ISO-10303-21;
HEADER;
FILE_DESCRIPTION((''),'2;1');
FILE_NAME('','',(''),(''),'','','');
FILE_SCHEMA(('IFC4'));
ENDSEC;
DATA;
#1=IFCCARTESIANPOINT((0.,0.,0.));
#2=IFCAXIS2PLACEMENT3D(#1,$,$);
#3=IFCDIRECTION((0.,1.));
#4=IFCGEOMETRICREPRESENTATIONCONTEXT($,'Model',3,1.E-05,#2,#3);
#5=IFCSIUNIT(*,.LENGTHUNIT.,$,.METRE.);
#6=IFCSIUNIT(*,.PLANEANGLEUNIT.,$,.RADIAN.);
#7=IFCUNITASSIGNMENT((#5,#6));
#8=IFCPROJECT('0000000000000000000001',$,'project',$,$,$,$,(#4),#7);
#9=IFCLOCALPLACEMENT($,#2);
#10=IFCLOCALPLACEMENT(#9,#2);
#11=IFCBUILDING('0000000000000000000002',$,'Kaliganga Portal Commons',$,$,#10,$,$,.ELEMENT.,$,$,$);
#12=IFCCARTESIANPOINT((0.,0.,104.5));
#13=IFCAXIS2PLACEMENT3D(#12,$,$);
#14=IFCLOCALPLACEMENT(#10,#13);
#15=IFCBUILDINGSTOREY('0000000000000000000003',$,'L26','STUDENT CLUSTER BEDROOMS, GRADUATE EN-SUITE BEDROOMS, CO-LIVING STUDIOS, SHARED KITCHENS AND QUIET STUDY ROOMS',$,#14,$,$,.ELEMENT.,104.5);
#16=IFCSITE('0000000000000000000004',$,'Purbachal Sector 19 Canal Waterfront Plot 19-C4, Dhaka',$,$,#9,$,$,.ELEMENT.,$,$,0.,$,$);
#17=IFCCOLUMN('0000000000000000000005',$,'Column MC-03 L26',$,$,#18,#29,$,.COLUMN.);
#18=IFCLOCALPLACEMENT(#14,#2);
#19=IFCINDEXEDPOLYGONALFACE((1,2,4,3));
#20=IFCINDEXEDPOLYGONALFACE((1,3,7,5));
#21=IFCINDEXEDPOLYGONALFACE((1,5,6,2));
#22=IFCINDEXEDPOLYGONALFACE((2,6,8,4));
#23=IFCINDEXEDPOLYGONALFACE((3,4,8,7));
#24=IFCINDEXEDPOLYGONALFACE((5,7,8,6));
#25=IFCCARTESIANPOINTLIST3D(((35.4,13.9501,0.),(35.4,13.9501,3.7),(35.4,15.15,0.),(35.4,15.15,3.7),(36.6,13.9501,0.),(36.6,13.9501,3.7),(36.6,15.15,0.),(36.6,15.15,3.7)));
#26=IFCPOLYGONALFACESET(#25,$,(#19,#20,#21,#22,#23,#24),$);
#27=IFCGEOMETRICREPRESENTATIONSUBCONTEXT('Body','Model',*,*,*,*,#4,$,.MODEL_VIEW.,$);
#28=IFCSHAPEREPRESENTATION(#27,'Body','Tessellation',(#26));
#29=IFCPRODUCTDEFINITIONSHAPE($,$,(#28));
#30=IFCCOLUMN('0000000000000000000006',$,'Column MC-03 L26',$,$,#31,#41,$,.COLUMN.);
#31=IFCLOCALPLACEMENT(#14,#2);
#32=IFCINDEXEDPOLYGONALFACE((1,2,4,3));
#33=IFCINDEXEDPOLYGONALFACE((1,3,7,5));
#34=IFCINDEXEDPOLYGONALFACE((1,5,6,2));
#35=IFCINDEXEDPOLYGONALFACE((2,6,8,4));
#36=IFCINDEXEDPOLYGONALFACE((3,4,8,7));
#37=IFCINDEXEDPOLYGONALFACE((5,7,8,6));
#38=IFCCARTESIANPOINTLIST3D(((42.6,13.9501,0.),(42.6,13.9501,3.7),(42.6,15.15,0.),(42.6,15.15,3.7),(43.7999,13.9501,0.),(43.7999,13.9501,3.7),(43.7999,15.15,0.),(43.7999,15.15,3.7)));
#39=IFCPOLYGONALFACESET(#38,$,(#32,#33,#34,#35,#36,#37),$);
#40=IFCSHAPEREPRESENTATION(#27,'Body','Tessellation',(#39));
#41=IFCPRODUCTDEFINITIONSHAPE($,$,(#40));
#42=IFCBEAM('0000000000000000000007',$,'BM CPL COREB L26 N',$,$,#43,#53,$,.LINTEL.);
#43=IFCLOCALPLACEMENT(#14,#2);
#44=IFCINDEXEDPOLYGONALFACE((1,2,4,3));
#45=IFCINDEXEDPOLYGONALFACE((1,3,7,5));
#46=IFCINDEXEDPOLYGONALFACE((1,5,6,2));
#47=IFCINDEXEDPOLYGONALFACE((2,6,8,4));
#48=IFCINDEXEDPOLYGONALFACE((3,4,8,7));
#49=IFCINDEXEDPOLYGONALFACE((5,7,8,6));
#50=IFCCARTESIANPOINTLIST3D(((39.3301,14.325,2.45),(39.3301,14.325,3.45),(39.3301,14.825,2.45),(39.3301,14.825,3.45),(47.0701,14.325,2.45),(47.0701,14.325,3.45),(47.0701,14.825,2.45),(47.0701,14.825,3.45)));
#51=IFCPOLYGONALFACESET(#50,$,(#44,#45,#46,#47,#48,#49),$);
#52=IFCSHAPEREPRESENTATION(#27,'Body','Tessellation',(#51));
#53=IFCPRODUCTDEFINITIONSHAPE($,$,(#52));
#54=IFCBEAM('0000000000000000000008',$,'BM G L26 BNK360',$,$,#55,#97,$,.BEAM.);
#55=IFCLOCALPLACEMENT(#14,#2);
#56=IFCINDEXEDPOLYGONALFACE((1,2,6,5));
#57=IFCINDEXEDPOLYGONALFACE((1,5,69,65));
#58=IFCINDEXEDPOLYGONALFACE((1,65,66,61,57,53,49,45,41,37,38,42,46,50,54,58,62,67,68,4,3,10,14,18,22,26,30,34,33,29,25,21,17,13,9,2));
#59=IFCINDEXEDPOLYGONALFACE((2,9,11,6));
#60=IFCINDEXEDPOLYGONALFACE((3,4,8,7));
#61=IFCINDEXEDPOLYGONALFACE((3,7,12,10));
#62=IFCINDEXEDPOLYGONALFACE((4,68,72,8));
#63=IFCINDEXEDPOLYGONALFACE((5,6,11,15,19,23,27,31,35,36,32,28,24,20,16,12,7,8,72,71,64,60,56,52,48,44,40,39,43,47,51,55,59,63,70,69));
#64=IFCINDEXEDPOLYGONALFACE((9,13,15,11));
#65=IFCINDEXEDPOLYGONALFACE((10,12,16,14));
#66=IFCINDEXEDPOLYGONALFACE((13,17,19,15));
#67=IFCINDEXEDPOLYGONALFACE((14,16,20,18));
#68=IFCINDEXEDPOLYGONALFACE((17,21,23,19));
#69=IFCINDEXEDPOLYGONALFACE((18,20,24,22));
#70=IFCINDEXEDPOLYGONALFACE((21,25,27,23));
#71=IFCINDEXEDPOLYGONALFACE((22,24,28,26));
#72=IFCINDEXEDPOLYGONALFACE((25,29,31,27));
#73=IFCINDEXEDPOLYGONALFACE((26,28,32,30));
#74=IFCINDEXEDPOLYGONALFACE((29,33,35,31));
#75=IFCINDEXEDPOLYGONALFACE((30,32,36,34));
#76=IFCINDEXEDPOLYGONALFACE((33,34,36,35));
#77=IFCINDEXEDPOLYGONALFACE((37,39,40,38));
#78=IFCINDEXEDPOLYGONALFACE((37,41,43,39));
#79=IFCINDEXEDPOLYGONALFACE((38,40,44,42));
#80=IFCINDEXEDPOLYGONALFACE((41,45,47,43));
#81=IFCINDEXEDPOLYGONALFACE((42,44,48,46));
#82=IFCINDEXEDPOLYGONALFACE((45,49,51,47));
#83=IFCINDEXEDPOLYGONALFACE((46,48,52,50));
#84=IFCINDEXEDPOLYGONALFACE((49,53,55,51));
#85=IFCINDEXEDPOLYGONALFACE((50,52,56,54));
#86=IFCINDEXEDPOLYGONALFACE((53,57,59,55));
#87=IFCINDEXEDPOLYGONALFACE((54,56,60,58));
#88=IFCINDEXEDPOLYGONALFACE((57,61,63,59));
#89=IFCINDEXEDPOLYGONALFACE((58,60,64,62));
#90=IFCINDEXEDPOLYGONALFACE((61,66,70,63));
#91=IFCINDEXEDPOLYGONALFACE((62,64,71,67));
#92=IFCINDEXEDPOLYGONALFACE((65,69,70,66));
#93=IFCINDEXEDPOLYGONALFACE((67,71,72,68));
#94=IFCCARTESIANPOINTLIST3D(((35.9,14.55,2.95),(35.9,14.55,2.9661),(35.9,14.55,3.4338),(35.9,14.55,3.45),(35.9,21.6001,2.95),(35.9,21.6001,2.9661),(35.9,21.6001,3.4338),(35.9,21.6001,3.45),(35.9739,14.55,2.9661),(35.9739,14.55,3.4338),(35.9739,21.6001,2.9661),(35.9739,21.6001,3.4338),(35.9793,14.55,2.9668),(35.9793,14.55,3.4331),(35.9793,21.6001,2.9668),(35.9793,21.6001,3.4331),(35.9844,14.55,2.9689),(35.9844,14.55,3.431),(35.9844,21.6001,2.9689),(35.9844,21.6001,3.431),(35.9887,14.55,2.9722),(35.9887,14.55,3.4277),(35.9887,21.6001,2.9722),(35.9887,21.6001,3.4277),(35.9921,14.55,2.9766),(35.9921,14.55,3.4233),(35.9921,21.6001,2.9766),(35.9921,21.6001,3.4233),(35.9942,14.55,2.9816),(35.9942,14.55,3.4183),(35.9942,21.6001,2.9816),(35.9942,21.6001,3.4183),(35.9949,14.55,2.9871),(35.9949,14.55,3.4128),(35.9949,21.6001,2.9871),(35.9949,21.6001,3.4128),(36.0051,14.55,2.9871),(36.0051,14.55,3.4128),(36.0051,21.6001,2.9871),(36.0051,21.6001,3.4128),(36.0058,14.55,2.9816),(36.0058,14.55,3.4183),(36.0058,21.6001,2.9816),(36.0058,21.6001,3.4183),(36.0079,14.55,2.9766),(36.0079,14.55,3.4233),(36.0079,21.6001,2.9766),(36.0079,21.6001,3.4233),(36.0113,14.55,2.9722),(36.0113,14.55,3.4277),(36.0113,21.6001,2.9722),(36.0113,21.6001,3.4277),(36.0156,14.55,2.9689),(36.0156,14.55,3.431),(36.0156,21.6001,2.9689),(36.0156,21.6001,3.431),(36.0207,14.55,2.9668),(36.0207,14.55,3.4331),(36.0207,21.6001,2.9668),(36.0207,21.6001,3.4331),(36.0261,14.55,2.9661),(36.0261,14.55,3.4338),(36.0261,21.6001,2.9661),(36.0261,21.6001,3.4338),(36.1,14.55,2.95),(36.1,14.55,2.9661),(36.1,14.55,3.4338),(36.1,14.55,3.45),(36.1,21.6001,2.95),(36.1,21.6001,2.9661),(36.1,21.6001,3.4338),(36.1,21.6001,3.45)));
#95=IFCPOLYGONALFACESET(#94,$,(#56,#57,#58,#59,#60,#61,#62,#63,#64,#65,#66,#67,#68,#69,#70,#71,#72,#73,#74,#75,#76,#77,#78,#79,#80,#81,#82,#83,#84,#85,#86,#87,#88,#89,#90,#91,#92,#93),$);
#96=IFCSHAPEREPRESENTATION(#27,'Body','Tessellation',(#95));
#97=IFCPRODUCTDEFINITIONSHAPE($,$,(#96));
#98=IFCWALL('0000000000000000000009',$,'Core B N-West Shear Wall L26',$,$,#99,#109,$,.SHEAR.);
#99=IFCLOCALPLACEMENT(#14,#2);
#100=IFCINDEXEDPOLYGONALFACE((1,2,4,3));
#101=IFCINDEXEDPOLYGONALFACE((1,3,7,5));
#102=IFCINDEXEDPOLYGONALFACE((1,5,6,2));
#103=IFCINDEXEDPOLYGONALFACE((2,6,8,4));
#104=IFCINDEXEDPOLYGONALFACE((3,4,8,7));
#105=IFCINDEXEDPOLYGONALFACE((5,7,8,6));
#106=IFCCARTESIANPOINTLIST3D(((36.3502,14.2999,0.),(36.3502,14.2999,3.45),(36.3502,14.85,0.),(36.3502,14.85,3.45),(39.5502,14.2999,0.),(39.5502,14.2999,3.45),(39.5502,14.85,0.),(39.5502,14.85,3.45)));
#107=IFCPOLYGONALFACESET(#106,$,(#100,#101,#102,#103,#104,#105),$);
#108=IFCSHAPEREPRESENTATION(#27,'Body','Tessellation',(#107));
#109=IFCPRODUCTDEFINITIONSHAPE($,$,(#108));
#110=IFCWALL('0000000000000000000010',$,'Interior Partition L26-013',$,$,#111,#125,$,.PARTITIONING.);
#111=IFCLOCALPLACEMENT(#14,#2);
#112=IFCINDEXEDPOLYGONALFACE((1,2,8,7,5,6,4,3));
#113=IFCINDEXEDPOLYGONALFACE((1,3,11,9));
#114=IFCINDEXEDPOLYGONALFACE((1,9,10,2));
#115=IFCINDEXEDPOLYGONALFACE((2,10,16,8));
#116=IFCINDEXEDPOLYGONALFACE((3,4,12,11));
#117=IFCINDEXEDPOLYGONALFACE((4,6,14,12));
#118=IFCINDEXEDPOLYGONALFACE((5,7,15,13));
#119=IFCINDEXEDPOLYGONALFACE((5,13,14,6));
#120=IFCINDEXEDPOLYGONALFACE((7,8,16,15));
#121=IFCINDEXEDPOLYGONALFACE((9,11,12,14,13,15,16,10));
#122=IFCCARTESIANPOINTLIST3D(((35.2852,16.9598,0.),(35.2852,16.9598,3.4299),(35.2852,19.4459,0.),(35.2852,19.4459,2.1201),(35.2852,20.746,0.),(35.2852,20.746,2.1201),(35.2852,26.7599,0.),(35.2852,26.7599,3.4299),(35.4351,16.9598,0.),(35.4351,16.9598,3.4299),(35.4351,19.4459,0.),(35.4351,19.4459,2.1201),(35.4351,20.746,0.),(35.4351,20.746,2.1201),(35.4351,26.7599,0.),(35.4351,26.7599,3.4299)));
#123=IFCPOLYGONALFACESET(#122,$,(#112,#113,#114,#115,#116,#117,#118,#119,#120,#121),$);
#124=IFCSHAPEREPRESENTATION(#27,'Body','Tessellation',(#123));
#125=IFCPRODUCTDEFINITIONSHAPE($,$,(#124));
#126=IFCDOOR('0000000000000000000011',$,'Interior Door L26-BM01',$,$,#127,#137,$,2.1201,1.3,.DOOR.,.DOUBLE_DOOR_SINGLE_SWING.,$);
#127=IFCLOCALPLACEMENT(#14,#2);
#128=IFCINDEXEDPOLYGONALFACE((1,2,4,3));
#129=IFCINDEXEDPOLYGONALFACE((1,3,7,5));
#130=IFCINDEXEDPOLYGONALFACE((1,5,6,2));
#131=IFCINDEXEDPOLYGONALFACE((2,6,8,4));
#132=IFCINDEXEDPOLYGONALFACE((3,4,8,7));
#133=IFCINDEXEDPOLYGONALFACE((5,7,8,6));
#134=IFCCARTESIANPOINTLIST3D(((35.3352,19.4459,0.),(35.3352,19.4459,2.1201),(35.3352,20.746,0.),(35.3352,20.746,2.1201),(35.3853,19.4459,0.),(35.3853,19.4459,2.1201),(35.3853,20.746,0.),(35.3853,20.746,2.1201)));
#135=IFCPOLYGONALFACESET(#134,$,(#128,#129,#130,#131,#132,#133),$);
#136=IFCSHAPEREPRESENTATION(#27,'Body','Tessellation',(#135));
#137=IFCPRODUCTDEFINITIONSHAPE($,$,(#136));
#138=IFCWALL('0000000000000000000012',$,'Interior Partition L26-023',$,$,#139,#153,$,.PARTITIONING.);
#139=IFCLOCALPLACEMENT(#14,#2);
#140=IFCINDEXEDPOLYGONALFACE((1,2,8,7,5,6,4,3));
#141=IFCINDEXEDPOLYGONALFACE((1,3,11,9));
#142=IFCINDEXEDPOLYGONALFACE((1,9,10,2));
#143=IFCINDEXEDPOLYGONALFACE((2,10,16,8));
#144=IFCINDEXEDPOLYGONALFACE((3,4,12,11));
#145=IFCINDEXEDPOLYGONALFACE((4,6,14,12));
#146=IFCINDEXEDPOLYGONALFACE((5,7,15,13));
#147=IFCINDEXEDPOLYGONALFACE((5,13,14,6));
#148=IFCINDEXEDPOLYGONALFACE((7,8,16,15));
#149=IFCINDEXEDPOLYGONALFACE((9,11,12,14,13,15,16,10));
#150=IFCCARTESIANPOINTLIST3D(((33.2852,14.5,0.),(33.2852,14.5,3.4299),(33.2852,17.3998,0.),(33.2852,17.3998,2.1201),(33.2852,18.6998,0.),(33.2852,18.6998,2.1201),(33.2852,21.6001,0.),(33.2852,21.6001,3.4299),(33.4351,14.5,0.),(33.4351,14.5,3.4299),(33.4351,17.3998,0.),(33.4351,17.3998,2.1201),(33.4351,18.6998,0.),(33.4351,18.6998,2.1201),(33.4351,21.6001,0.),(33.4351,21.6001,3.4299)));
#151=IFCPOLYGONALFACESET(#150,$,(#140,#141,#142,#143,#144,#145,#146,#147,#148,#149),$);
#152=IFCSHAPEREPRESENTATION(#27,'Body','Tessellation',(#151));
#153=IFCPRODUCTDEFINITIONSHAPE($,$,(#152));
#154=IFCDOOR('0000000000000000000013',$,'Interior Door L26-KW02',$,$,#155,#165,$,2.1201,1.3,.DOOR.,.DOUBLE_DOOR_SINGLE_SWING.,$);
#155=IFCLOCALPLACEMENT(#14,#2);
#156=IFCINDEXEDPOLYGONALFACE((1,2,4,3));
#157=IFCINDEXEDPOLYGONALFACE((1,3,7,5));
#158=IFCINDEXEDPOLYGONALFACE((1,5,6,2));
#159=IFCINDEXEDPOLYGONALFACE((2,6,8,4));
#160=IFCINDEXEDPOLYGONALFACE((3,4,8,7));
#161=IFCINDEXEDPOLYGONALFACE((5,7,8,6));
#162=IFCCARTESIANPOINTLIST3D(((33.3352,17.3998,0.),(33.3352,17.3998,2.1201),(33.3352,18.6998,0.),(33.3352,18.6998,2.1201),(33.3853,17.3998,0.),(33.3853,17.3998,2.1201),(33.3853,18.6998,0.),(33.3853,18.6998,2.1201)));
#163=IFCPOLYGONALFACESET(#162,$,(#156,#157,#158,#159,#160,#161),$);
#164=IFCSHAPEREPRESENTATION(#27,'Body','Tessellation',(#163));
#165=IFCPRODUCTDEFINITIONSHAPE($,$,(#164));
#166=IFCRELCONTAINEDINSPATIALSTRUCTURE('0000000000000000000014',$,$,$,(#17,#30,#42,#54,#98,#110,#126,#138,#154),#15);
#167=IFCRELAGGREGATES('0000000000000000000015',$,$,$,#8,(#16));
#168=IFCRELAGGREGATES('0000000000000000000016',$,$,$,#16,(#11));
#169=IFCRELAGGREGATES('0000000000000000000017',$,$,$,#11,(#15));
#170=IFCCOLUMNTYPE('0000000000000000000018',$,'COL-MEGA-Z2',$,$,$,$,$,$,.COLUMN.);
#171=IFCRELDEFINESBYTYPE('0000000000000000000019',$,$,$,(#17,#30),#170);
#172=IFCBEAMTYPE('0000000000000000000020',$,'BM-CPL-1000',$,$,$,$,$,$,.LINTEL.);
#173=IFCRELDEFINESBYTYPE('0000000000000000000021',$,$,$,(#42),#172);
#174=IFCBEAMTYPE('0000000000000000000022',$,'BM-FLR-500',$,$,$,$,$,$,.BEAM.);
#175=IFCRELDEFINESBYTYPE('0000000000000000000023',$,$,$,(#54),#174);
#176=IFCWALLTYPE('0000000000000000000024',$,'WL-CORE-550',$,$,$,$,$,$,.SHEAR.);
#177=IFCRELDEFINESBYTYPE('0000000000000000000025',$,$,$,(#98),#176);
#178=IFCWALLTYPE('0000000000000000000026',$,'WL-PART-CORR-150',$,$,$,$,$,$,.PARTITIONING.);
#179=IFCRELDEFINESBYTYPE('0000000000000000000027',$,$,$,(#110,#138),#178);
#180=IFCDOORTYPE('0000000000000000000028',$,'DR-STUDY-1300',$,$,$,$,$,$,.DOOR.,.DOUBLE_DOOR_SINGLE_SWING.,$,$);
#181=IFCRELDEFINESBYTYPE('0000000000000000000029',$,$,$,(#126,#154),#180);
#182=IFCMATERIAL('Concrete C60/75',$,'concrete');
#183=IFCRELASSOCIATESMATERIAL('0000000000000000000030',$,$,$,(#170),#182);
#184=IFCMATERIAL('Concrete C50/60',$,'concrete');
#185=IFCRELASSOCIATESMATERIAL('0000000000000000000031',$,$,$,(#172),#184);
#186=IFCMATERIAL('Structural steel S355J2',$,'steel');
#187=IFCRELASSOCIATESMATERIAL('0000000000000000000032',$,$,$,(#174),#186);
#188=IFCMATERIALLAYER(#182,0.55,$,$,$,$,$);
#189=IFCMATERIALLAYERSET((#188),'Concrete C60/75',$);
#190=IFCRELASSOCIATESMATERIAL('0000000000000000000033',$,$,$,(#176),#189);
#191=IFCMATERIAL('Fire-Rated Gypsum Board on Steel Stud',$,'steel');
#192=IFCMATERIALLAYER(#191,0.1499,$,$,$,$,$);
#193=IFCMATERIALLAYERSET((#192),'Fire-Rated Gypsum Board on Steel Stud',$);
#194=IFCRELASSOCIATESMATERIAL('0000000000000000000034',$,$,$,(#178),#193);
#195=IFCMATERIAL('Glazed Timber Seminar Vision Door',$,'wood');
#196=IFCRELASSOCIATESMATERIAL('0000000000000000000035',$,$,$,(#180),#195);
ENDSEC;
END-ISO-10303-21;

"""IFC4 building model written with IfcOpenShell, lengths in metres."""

from ifc_helpers import new_model, si_unit, direction, frame, frame_2d, origin, origin_2d, place, context, subcontext, project, spatial, rectangle, i_section, extrude, source, transform, mapped, material, layer, layer_set, material_profile, profile_set, type_object, element, fill, save


model = new_model("IFC4")

# Units and contexts
model_context = context("Model", 3, precision=1e-05, world=origin(), true_north=direction((0.0, 1.0)))
body_context = subcontext(model_context, "Body", "Model", "MODEL_VIEW")
ifc_project = project(units=[si_unit("LENGTHUNIT", "METRE"), si_unit("PLANEANGLEUNIT", "RADIAN")], contexts=[model_context])

# Site, building, storey
site_placement = place(None, origin())
site = spatial("IfcSite", under=ifc_project, at=site_placement, Name="Purbachal Sector 19 Canal Waterfront Plot 19-C4, Dhaka", CompositionType="ELEMENT", RefElevation=0.0)
building_placement = place(site_placement, origin())
building = spatial("IfcBuilding", under=site, at=building_placement, Name="Kaliganga Portal Commons", CompositionType="ELEMENT")
storey_placement = place(building_placement, frame((0.0, 0.0, 104.5)))
storey = spatial("IfcBuildingStorey", under=building, at=storey_placement, Name="L26", Description="STUDENT CLUSTER BEDROOMS, GRADUATE EN-SUITE BEDROOMS, CO-LIVING STUDIOS, SHARED KITCHENS AND QUIET STUDY ROOMS", CompositionType="ELEMENT", Elevation=104.5)

# Columns
ifc_material_1 = material(Name="Concrete C60/75", Category="concrete")
ifc_material_profile_1 = material_profile(ifc_material_1, rectangle(XDim=1.2, YDim=1.2, at=origin_2d()), Name="RC 1200x1200")
ifc_profile_set_1 = profile_set([ifc_material_profile_1], Name="Concrete C60/75")
column_type = type_object("IfcColumnType", Name="COL-MEGA-Z2", PredefinedType="COLUMN", material=ifc_profile_set_1)
shared_shape_1 = source(origin(), body_context, "Body", "SweptSolid", [
    extrude(rectangle(XDim=1.2, YDim=1.2, at=origin_2d()), origin(), (0.0, 0.0, 1.0), 3.7),
])
for number, where, z_axis, x_axis, name in (
    (1, (36.0, 14.55, 0.0), (0.0, 0.0, 1.0), (1.0, 0.0, 0.0), "Column MC-03 L26"),
    (2, (43.2, 14.55, 0.0), (0.0, 0.0, 1.0), (1.0, 0.0, 0.0), "Column MC-03 L26"),
):
    element("IfcColumn", number, at=place(storey_placement, frame(where, z_axis=z_axis, x_axis=x_axis)), inside=storey, type_object=column_type, Name=name, PredefinedType="COLUMN", context=body_context, shape_type="MappedRepresentation", body=[
        mapped(shared_shape_1, transform((0.0, 0.0, 0.0), x_axis=(1.0, 0.0, 0.0), y_axis=(0.0, 1.0, 0.0), z_axis=(0.0, 0.0, 1.0), scale=1.0)),
    ])

# Beams
ifc_material_2 = material(Name="Concrete C50/60", Category="concrete")
ifc_material_profile_2 = material_profile(ifc_material_2, rectangle(XDim=0.5, YDim=1.0, at=origin_2d()), Name="RC 500x1000")
ifc_profile_set_2 = profile_set([ifc_material_profile_2], Name="Concrete C50/60")
beam_type_1 = type_object("IfcBeamType", Name="BM-CPL-1000", PredefinedType="LINTEL", material=ifc_profile_set_2)
shared_shape_2 = source(origin(), body_context, "Body", "SweptSolid", [
    extrude(rectangle(XDim=0.5, YDim=1.0, at=origin_2d()), origin(), (0.0, 0.0, 1.0), 7.74),
])
beam_1_placement = place(storey_placement, frame((39.3301, 14.575, 2.95), z_axis=(1.0, 0.0, 0.0), x_axis=(0.0, 1.0, 0.0)))
element("IfcBeam", 3, at=beam_1_placement, inside=storey, type_object=beam_type_1, Name="BM CPL COREB L26 N", PredefinedType="LINTEL", context=body_context, shape_type="MappedRepresentation", body=[
    mapped(shared_shape_2, transform((0.0, 0.0, 0.0), x_axis=(1.0, 0.0, 0.0), y_axis=(0.0, 1.0, 0.0), z_axis=(0.0, 0.0, 1.0), scale=1.0)),
])
ifc_material_3 = material(Name="Structural steel S355J2", Category="steel")
ifc_material_profile_3 = material_profile(ifc_material_3, i_section(OverallWidth=0.2, OverallDepth=0.5, WebThickness=0.0103, FlangeThickness=0.0161, FilletRadius=0.021, at=origin_2d()), Name="IPE 500")
ifc_profile_set_3 = profile_set([ifc_material_profile_3], Name="Structural steel S355J2 wide-flange")
beam_type_2 = type_object("IfcBeamType", Name="BM-FLR-500", PredefinedType="BEAM", material=ifc_profile_set_3)
shared_shape_3 = source(origin(), body_context, "Body", "SweptSolid", [
    extrude(i_section(OverallWidth=0.2, OverallDepth=0.5, WebThickness=0.0103, FlangeThickness=0.0161, FilletRadius=0.021, at=origin_2d()), origin(), (0.0, 0.0, 1.0), 7.05),
])
beam_2_placement = place(storey_placement, frame((36.0, 14.55, 3.2), z_axis=(0.0, 1.0, 0.0), x_axis=(-1.0, 0.0, 0.0)))
element("IfcBeam", 4, at=beam_2_placement, inside=storey, type_object=beam_type_2, Name="BM G L26 BNK360", PredefinedType="BEAM", context=body_context, shape_type="MappedRepresentation", body=[
    mapped(shared_shape_3, transform((0.0, 0.0, 0.0), x_axis=(1.0, 0.0, 0.0), y_axis=(0.0, 1.0, 0.0), z_axis=(0.0, 0.0, 1.0), scale=1.0)),
])

# Wall
ifc_layer_1 = layer(ifc_material_1, 0.55)
ifc_layer_set_1 = layer_set([ifc_layer_1], Name="Concrete C60/75")
wall_type_1 = type_object("IfcWallType", Name="WL-CORE-550", PredefinedType="SHEAR", material=ifc_layer_set_1)
wall_1_placement = place(storey_placement, frame((36.3501, 14.575, 0.0), z_axis=(0.0, 0.0, 1.0), x_axis=(1.0, 0.0, 0.0)))
element("IfcWall", 5, at=wall_1_placement, inside=storey, type_object=wall_type_1, Name="Core B N-West Shear Wall L26", PredefinedType="SHEAR", context=body_context, shape_type="SweptSolid", body=[
    extrude(rectangle(XDim=3.2, YDim=0.55, at=frame_2d((1.6001, 0.0))), origin(), (0.0, 0.0, 1.0), 3.45),
])

# Walls, openings, doors
ifc_material_4 = material(Name="Fire-Rated Gypsum Board on Steel Stud", Category="steel")
ifc_layer_2 = layer(ifc_material_4, 0.1499)
ifc_layer_set_2 = layer_set([ifc_layer_2], Name="Fire-Rated Gypsum Board on Steel Stud")
wall_type_2 = type_object("IfcWallType", Name="WL-PART-CORR-150", PredefinedType="PARTITIONING", material=ifc_layer_set_2)
wall_2_placement = place(storey_placement, frame((35.3601, 16.96, 0.0), z_axis=(0.0, 0.0, 1.0), x_axis=(0.0, 1.0, 0.0)))
wall_2 = element("IfcWall", 6, at=wall_2_placement, inside=storey, type_object=wall_type_2, Name="Interior Partition L26-013", PredefinedType="PARTITIONING", context=body_context, shape_type="SweptSolid", body=[
    extrude(rectangle(XDim=9.8, YDim=0.1499, at=frame_2d((4.8999, 0.0))), origin(), (0.0, 0.0, 1.0), 3.4299),
])
opening_1_placement = place(wall_2_placement, frame((2.4861, 0.0, 0.0)))
opening_1 = element("IfcOpeningElement", 7, at=opening_1_placement, cuts=wall_2, PredefinedType="OPENING", context=body_context, shape_type="SweptSolid", body=[
    extrude(rectangle(XDim=1.3, YDim=2.1201, at=frame_2d((0.6499, 1.0601))), frame((0.0, 0.085, 0.0), z_axis=(0.0, -1.0, 0.0), x_axis=(1.0, 0.0, 0.0)), (0.0, 0.0, 1.0), 0.1699),
])
ifc_material_5 = material(Name="Glazed Timber Seminar Vision Door", Category="wood")
door_type_1 = type_object("IfcDoorType", Name="DR-STUDY-1300", OperationType="DOUBLE_DOOR_SINGLE_SWING", PredefinedType="DOOR", material=ifc_material_5)
door_1_placement = place(opening_1_placement, origin())
door_1 = element("IfcDoor", 8, at=door_1_placement, inside=storey, type_object=door_type_1, Name="Interior Door L26-BM01", OperationType="DOUBLE_DOOR_SINGLE_SWING", OverallHeight=2.1201, OverallWidth=1.3, PredefinedType="DOOR", context=body_context, shape_type="SweptSolid", body=[
    extrude(rectangle(XDim=1.3, YDim=2.1201, at=frame_2d((0.6499, 1.0601))), frame((0.0, 0.0249, 0.0), z_axis=(0.0, -1.0, 0.0), x_axis=(1.0, 0.0, 0.0)), (0.0, 0.0, 1.0), 0.05),
])
fill(opening_1, door_1)
wall_3_placement = place(storey_placement, frame((33.3601, 14.5, 0.0), z_axis=(0.0, 0.0, 1.0), x_axis=(0.0, 1.0, 0.0)))
wall_3 = element("IfcWall", 9, at=wall_3_placement, inside=storey, type_object=wall_type_2, Name="Interior Partition L26-023", PredefinedType="PARTITIONING", context=body_context, shape_type="SweptSolid", body=[
    extrude(rectangle(XDim=7.1001, YDim=0.1499, at=frame_2d((3.55, 0.0))), origin(), (0.0, 0.0, 1.0), 3.4299),
])
opening_2_placement = place(wall_3_placement, frame((2.8999, 0.0, 0.0)))
opening_2 = element("IfcOpeningElement", 10, at=opening_2_placement, cuts=wall_3, PredefinedType="OPENING", context=body_context, shape_type="SweptSolid", body=[
    extrude(rectangle(XDim=1.3, YDim=2.1201, at=frame_2d((0.6499, 1.0601))), frame((0.0, 0.085, 0.0), z_axis=(0.0, -1.0, 0.0), x_axis=(1.0, 0.0, 0.0)), (0.0, 0.0, 1.0), 0.1699),
])
door_2_placement = place(opening_2_placement, origin())
door_2 = element("IfcDoor", 11, at=door_2_placement, inside=storey, type_object=door_type_1, Name="Interior Door L26-KW02", OperationType="DOUBLE_DOOR_SINGLE_SWING", OverallHeight=2.1201, OverallWidth=1.3, PredefinedType="DOOR", context=body_context, shape_type="SweptSolid", body=[
    extrude(rectangle(XDim=1.3, YDim=2.1201, at=frame_2d((0.6499, 1.0601))), frame((0.0, 0.0249, 0.0), z_axis=(0.0, -1.0, 0.0), x_axis=(1.0, 0.0, 0.0)), (0.0, 0.0, 1.0), 0.05),
])
fill(opening_2, door_2)

save(model, "model.ifc")
